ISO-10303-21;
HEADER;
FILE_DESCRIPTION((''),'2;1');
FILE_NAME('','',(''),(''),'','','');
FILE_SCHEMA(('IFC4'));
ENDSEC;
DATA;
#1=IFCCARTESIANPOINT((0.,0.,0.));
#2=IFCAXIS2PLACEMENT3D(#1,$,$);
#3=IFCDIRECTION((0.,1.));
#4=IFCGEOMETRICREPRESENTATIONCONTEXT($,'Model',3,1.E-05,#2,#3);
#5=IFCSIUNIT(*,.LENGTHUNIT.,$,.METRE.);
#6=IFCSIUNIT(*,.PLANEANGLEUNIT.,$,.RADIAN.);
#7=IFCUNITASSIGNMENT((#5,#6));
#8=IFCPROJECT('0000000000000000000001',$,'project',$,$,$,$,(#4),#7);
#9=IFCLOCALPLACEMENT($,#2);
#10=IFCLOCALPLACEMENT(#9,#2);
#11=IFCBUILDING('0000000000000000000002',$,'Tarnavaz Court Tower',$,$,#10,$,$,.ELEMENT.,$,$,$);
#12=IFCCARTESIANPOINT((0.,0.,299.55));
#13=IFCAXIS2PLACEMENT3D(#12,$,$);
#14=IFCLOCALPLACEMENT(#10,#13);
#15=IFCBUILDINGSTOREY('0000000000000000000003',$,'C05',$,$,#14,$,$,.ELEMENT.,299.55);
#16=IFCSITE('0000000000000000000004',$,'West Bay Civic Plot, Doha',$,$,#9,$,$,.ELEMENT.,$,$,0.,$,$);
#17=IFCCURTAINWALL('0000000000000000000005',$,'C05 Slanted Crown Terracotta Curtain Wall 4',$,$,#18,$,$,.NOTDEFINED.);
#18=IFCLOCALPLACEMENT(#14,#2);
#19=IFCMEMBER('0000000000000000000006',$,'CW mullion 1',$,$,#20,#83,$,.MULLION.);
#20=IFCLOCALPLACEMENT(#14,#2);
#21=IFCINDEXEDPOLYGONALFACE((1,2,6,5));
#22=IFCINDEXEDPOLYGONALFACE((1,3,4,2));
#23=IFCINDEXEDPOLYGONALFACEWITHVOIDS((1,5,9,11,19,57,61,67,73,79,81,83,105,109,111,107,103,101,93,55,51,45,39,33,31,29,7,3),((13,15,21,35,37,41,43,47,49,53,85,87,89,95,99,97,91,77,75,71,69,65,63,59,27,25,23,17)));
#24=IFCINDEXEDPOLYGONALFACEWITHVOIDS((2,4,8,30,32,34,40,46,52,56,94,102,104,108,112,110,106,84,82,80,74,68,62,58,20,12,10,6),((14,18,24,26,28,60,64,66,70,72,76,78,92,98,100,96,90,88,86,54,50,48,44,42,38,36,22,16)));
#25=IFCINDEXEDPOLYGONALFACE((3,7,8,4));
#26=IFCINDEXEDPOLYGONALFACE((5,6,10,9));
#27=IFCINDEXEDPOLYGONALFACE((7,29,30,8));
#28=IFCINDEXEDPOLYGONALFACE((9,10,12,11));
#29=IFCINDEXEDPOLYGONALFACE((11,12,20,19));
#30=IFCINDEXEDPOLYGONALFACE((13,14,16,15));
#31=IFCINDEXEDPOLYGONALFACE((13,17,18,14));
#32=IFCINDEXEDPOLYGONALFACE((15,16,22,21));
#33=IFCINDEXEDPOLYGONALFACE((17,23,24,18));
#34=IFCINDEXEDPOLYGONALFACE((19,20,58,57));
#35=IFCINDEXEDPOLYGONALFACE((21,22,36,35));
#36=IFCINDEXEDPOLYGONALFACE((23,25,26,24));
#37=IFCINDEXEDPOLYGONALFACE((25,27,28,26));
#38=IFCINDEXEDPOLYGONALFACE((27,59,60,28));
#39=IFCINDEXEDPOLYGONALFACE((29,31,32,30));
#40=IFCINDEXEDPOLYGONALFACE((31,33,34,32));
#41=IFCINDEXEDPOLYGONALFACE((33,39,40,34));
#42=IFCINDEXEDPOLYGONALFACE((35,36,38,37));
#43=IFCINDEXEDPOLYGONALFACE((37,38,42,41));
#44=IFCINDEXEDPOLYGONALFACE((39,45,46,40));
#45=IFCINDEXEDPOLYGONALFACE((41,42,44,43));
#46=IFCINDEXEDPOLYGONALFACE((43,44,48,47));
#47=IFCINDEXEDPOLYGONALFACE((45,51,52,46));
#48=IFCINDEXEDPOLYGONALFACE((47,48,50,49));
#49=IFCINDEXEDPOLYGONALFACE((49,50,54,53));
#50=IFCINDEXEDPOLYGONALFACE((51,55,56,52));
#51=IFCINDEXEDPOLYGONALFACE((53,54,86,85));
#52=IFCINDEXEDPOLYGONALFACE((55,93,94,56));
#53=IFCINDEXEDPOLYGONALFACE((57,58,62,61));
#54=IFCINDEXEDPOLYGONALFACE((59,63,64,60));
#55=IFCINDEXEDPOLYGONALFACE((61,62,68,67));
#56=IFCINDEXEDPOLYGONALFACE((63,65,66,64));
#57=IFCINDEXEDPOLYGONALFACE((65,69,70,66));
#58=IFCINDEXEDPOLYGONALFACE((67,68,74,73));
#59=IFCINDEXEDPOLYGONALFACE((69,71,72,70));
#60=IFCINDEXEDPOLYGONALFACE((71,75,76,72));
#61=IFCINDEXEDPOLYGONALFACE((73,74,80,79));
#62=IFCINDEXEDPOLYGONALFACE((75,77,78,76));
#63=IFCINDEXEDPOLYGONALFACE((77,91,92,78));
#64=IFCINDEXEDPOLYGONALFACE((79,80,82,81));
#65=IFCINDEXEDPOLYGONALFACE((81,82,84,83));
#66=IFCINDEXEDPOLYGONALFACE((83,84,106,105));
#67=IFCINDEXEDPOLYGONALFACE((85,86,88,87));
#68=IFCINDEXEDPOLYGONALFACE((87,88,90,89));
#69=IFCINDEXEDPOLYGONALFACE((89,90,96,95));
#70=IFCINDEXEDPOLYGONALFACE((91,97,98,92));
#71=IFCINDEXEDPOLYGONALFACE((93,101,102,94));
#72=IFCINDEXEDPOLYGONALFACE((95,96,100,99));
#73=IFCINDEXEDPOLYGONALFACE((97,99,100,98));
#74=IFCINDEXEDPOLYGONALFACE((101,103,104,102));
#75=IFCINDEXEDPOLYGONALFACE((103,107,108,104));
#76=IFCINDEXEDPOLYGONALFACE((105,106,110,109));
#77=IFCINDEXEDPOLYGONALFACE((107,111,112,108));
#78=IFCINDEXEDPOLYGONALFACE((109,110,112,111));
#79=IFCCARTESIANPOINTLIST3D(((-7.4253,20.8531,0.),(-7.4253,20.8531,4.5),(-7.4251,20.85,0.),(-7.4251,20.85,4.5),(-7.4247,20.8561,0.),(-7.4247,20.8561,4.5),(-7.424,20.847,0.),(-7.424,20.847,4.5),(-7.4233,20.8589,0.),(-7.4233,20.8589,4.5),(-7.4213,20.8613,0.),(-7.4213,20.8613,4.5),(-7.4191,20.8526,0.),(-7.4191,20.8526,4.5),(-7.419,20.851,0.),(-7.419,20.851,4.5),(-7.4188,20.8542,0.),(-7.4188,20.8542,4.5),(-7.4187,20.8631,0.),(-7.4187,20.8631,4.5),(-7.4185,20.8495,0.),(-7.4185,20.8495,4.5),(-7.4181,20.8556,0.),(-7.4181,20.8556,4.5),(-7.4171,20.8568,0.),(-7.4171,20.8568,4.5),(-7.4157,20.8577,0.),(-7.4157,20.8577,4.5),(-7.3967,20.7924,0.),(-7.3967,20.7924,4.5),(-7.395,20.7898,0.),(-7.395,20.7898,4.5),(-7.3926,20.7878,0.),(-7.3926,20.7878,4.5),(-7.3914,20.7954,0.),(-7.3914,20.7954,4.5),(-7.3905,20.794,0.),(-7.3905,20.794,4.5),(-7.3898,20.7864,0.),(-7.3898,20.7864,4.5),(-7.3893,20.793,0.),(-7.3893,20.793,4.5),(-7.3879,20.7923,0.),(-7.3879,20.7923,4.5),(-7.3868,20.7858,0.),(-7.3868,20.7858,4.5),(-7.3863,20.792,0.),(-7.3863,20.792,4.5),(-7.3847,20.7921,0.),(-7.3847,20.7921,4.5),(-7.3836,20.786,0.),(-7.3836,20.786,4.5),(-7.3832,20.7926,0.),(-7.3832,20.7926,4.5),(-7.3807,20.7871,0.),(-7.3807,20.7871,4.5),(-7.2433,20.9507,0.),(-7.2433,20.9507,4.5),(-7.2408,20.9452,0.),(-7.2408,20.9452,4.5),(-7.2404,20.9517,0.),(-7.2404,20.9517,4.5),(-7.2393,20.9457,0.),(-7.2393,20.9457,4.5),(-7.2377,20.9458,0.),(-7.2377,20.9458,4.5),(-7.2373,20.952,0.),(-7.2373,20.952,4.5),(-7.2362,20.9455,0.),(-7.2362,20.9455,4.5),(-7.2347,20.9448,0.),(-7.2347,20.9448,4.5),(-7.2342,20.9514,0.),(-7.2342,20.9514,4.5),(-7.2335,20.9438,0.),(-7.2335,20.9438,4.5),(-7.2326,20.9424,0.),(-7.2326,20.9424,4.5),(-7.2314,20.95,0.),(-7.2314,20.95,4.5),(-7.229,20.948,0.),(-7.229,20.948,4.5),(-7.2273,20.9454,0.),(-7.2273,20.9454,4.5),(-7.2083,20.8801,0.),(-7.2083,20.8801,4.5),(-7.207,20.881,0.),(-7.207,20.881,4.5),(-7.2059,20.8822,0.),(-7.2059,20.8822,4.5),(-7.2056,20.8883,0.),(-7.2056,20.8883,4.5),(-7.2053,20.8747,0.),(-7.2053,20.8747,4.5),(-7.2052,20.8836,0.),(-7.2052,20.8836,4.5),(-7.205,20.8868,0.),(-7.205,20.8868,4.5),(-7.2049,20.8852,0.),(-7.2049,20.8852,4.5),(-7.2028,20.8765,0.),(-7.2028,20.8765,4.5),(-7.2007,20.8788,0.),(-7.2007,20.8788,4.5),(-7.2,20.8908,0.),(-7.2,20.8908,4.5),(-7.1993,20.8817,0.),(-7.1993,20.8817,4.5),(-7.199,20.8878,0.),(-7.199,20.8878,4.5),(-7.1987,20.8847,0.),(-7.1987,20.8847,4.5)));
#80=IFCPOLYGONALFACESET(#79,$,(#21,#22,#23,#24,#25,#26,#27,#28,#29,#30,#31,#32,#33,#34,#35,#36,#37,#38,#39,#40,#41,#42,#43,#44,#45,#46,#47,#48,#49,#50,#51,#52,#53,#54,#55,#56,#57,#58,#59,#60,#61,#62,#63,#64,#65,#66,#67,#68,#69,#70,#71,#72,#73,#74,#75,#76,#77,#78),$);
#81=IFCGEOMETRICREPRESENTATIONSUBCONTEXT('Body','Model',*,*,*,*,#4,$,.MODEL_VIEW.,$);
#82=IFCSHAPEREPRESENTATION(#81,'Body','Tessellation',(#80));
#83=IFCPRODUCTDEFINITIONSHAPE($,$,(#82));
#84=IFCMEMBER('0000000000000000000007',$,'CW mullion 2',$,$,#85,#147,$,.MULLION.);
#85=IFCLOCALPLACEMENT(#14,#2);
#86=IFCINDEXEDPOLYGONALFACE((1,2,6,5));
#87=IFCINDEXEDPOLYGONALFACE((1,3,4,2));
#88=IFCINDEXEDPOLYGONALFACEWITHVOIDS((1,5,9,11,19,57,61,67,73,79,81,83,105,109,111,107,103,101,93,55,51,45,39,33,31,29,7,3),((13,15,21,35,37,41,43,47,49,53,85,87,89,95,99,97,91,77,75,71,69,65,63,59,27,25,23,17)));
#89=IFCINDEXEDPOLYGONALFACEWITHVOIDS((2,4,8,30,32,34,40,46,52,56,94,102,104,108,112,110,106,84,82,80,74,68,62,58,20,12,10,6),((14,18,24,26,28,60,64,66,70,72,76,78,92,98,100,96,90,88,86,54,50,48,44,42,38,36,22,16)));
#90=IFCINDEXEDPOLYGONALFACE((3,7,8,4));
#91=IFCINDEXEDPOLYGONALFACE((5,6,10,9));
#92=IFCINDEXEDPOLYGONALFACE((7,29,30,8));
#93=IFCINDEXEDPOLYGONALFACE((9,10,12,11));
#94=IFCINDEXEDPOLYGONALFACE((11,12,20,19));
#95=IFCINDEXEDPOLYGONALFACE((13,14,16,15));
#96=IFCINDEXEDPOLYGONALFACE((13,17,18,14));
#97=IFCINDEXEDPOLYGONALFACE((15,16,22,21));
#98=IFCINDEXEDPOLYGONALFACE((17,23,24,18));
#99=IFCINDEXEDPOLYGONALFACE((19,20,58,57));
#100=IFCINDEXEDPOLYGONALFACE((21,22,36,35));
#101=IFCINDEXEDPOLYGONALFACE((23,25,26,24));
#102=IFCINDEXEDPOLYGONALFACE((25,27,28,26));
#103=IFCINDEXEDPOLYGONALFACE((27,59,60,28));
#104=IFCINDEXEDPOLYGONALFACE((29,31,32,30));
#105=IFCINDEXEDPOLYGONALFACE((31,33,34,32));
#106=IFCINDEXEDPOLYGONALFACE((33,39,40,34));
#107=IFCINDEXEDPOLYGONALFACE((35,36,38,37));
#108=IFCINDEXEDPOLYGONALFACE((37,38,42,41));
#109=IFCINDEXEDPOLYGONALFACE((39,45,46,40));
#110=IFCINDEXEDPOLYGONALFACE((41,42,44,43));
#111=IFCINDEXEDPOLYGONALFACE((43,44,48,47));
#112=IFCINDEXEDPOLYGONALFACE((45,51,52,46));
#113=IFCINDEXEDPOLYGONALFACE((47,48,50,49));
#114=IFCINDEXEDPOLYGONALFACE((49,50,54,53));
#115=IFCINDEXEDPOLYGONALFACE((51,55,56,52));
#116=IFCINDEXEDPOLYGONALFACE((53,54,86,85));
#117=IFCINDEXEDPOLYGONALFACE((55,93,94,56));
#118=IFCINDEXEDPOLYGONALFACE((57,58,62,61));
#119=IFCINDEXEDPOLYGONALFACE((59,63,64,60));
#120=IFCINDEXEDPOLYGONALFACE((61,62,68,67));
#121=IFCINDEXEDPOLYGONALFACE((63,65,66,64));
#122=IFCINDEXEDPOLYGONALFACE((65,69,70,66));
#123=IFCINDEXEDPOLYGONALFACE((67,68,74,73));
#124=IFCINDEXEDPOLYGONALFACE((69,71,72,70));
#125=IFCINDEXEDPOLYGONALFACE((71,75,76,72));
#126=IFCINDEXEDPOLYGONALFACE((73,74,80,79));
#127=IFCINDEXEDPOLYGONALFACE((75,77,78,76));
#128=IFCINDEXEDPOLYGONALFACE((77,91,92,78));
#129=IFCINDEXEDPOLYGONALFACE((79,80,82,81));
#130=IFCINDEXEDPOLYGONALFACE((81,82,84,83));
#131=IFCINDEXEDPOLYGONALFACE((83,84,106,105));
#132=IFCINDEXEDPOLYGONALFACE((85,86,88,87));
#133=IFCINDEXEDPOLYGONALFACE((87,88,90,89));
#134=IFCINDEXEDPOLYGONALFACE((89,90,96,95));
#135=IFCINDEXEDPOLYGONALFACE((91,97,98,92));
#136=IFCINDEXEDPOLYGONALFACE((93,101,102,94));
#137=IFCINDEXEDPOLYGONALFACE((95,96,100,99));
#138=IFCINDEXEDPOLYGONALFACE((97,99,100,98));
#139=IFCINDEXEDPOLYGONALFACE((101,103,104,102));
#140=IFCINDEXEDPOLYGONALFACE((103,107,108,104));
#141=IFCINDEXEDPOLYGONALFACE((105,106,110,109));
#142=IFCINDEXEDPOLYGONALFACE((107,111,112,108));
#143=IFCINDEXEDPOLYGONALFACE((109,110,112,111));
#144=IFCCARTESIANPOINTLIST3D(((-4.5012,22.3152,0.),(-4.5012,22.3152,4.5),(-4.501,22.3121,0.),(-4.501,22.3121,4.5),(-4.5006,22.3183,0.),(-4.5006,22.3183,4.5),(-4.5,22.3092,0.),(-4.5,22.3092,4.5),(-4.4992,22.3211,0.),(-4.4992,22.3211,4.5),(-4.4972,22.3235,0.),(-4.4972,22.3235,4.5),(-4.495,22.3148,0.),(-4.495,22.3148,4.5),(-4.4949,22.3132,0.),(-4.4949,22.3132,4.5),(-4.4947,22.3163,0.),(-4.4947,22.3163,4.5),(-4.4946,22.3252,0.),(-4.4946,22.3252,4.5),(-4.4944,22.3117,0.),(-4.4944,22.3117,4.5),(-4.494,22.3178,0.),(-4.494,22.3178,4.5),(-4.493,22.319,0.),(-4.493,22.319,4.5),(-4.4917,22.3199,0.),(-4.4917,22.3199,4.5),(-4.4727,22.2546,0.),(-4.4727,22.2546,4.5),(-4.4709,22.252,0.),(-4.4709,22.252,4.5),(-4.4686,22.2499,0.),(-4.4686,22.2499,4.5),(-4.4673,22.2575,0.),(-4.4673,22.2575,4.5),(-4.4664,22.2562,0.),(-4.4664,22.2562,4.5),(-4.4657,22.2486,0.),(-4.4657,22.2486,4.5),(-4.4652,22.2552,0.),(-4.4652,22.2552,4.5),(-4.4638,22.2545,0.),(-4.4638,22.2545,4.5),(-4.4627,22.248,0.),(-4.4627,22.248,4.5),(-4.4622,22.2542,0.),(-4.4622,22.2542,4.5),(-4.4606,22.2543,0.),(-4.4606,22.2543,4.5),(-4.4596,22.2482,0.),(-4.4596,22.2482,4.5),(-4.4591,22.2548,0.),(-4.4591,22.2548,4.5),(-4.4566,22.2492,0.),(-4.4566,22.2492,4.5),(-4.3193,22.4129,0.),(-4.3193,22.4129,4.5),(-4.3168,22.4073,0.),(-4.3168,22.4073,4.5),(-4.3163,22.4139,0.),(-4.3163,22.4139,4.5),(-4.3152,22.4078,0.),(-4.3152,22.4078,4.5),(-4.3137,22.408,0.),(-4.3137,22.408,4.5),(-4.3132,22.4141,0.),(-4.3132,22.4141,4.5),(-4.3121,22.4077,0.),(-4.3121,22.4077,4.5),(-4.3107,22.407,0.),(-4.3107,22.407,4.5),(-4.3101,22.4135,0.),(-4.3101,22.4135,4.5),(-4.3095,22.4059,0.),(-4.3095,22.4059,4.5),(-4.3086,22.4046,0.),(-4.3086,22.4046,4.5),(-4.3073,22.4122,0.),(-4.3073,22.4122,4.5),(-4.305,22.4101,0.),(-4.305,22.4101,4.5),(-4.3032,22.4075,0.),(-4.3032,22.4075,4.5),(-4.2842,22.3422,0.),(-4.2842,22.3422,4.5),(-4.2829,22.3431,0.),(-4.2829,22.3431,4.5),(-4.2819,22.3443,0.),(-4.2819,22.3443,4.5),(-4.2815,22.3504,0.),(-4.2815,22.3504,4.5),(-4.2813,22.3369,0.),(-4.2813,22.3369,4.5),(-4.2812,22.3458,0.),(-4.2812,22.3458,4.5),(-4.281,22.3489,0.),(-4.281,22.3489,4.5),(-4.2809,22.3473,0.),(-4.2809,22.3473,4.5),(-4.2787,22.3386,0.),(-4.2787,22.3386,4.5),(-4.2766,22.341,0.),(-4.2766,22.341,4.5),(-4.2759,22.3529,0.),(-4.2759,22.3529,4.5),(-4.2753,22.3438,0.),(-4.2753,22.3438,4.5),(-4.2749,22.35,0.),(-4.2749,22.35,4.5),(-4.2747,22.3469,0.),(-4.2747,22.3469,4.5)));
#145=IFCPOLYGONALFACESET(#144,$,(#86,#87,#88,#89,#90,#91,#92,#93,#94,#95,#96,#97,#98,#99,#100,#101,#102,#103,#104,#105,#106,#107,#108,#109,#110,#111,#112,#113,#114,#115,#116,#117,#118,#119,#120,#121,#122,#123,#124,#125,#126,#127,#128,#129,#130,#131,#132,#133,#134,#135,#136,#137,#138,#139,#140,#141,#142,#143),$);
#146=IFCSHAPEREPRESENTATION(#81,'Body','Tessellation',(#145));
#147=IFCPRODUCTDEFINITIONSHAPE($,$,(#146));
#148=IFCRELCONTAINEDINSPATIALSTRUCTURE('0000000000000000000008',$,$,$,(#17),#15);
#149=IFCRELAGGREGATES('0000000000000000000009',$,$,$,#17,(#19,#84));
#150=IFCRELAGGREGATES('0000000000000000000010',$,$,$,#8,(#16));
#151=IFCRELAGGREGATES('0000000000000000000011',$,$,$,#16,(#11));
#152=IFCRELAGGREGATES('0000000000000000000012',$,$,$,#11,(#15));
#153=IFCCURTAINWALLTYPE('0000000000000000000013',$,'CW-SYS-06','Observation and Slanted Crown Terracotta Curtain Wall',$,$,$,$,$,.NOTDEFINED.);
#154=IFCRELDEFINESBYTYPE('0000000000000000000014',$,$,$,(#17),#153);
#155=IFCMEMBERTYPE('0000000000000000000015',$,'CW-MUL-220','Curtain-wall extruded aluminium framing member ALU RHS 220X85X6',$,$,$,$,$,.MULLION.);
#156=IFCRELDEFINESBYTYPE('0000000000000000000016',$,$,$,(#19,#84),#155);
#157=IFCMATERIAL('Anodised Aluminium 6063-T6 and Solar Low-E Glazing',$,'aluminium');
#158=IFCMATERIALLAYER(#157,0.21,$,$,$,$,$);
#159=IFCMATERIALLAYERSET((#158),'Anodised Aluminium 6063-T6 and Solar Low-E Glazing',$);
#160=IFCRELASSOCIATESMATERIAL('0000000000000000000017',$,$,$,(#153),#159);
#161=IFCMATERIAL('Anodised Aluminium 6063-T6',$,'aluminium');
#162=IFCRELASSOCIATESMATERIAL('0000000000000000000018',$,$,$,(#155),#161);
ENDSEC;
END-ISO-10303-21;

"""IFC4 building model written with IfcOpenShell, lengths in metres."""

from ifc_helpers import new_model, si_unit, direction, frame, origin, origin_2d, place, context, subcontext, project, spatial, hollow_rectangle, extrude, material, layer, layer_set, material_profile, profile_set, type_object, element, aggregate, save


model = new_model("IFC4")

# Units and contexts
model_context = context("Model", 3, precision=1e-05, world=origin(), true_north=direction((0.0, 1.0)))
body_context = subcontext(model_context, "Body", "Model", "MODEL_VIEW")
ifc_project = project(units=[si_unit("LENGTHUNIT", "METRE"), si_unit("PLANEANGLEUNIT", "RADIAN")], contexts=[model_context])

# Site, building, storey
site_placement = place(None, origin())
site = spatial("IfcSite", under=ifc_project, at=site_placement, Name="West Bay Civic Plot, Doha", CompositionType="ELEMENT", RefElevation=0.0)
building_placement = place(site_placement, origin())
building = spatial("IfcBuilding", under=site, at=building_placement, Name="Tarnavaz Court Tower", CompositionType="ELEMENT")
storey_placement = place(building_placement, frame((0.0, 0.0, 299.55)))
storey = spatial("IfcBuildingStorey", under=building, at=storey_placement, Name="C05", CompositionType="ELEMENT", Elevation=299.55)

# Shared definitions
ifc_material_1 = material(Name="Anodised Aluminium 6063-T6 and Solar Low-E Glazing", Category="aluminium")
ifc_layer_1 = layer(ifc_material_1, 0.21)
ifc_layer_set_1 = layer_set([ifc_layer_1], Name="Anodised Aluminium 6063-T6 and Solar Low-E Glazing")
curtain_wall_type = type_object("IfcCurtainWallType", Name="CW-SYS-06", Description="Observation and Slanted Crown Terracotta Curtain Wall", PredefinedType="NOTDEFINED", material=ifc_layer_set_1)
ifc_material_2 = material(Name="Anodised Aluminium 6063-T6", Category="aluminium")
ifc_material_profile_1 = material_profile(ifc_material_2, hollow_rectangle(XDim=0.085, YDim=0.22, WallThickness=0.0061, InnerFilletRadius=0.0061, OuterFilletRadius=0.012, at=origin_2d()), Name="ALU RHS 220X85X6")
ifc_profile_set_1 = profile_set([ifc_material_profile_1], Name="Anodised Aluminium 6063-T6")
member_type_1 = type_object("IfcMemberType", Name="CW-MUL-220", Description="Curtain-wall extruded aluminium framing member ALU RHS 220X85X6", PredefinedType="MULLION", material=ifc_profile_set_1)

# Curtain wall, members
curtain_wall_1_placement = place(storey_placement, origin())
curtain_wall_1 = element("IfcCurtainWall", 1, at=curtain_wall_1_placement, inside=storey, type_object=curtain_wall_type, Name="C05 Slanted Crown Terracotta Curtain Wall 4", PredefinedType="NOTDEFINED")
member_1_placement = place(storey_placement, frame((-7.312, 20.8689, 0.0), z_axis=(0.0, 0.0, 1.0), x_axis=(-0.447214, 0.894427, 0.0)))
member_1 = element("IfcMember", 2, at=member_1_placement, type_object=member_type_1, Name="CW mullion 1", PredefinedType="MULLION", context=body_context, shape_type="SweptSolid", body=[
    extrude(hollow_rectangle(XDim=0.085, YDim=0.22, WallThickness=0.0061, InnerFilletRadius=0.0061, OuterFilletRadius=0.012, at=origin_2d()), origin(), (0.0, 0.0, 1.0), 4.5),
])
member_2_placement = place(storey_placement, frame((-4.3879, 22.3311, 0.0), z_axis=(0.0, 0.0, 1.0), x_axis=(-0.447214, 0.894427, 0.0)))
member_2 = element("IfcMember", 3, at=member_2_placement, type_object=member_type_1, Name="CW mullion 2", PredefinedType="MULLION", context=body_context, shape_type="SweptSolid", body=[
    extrude(hollow_rectangle(XDim=0.085, YDim=0.22, WallThickness=0.0061, InnerFilletRadius=0.0061, OuterFilletRadius=0.012, at=origin_2d()), origin(), (0.0, 0.0, 1.0), 4.5),
])

aggregate(curtain_wall_1, [member_1, member_2])

save(model, "model.ifc")
